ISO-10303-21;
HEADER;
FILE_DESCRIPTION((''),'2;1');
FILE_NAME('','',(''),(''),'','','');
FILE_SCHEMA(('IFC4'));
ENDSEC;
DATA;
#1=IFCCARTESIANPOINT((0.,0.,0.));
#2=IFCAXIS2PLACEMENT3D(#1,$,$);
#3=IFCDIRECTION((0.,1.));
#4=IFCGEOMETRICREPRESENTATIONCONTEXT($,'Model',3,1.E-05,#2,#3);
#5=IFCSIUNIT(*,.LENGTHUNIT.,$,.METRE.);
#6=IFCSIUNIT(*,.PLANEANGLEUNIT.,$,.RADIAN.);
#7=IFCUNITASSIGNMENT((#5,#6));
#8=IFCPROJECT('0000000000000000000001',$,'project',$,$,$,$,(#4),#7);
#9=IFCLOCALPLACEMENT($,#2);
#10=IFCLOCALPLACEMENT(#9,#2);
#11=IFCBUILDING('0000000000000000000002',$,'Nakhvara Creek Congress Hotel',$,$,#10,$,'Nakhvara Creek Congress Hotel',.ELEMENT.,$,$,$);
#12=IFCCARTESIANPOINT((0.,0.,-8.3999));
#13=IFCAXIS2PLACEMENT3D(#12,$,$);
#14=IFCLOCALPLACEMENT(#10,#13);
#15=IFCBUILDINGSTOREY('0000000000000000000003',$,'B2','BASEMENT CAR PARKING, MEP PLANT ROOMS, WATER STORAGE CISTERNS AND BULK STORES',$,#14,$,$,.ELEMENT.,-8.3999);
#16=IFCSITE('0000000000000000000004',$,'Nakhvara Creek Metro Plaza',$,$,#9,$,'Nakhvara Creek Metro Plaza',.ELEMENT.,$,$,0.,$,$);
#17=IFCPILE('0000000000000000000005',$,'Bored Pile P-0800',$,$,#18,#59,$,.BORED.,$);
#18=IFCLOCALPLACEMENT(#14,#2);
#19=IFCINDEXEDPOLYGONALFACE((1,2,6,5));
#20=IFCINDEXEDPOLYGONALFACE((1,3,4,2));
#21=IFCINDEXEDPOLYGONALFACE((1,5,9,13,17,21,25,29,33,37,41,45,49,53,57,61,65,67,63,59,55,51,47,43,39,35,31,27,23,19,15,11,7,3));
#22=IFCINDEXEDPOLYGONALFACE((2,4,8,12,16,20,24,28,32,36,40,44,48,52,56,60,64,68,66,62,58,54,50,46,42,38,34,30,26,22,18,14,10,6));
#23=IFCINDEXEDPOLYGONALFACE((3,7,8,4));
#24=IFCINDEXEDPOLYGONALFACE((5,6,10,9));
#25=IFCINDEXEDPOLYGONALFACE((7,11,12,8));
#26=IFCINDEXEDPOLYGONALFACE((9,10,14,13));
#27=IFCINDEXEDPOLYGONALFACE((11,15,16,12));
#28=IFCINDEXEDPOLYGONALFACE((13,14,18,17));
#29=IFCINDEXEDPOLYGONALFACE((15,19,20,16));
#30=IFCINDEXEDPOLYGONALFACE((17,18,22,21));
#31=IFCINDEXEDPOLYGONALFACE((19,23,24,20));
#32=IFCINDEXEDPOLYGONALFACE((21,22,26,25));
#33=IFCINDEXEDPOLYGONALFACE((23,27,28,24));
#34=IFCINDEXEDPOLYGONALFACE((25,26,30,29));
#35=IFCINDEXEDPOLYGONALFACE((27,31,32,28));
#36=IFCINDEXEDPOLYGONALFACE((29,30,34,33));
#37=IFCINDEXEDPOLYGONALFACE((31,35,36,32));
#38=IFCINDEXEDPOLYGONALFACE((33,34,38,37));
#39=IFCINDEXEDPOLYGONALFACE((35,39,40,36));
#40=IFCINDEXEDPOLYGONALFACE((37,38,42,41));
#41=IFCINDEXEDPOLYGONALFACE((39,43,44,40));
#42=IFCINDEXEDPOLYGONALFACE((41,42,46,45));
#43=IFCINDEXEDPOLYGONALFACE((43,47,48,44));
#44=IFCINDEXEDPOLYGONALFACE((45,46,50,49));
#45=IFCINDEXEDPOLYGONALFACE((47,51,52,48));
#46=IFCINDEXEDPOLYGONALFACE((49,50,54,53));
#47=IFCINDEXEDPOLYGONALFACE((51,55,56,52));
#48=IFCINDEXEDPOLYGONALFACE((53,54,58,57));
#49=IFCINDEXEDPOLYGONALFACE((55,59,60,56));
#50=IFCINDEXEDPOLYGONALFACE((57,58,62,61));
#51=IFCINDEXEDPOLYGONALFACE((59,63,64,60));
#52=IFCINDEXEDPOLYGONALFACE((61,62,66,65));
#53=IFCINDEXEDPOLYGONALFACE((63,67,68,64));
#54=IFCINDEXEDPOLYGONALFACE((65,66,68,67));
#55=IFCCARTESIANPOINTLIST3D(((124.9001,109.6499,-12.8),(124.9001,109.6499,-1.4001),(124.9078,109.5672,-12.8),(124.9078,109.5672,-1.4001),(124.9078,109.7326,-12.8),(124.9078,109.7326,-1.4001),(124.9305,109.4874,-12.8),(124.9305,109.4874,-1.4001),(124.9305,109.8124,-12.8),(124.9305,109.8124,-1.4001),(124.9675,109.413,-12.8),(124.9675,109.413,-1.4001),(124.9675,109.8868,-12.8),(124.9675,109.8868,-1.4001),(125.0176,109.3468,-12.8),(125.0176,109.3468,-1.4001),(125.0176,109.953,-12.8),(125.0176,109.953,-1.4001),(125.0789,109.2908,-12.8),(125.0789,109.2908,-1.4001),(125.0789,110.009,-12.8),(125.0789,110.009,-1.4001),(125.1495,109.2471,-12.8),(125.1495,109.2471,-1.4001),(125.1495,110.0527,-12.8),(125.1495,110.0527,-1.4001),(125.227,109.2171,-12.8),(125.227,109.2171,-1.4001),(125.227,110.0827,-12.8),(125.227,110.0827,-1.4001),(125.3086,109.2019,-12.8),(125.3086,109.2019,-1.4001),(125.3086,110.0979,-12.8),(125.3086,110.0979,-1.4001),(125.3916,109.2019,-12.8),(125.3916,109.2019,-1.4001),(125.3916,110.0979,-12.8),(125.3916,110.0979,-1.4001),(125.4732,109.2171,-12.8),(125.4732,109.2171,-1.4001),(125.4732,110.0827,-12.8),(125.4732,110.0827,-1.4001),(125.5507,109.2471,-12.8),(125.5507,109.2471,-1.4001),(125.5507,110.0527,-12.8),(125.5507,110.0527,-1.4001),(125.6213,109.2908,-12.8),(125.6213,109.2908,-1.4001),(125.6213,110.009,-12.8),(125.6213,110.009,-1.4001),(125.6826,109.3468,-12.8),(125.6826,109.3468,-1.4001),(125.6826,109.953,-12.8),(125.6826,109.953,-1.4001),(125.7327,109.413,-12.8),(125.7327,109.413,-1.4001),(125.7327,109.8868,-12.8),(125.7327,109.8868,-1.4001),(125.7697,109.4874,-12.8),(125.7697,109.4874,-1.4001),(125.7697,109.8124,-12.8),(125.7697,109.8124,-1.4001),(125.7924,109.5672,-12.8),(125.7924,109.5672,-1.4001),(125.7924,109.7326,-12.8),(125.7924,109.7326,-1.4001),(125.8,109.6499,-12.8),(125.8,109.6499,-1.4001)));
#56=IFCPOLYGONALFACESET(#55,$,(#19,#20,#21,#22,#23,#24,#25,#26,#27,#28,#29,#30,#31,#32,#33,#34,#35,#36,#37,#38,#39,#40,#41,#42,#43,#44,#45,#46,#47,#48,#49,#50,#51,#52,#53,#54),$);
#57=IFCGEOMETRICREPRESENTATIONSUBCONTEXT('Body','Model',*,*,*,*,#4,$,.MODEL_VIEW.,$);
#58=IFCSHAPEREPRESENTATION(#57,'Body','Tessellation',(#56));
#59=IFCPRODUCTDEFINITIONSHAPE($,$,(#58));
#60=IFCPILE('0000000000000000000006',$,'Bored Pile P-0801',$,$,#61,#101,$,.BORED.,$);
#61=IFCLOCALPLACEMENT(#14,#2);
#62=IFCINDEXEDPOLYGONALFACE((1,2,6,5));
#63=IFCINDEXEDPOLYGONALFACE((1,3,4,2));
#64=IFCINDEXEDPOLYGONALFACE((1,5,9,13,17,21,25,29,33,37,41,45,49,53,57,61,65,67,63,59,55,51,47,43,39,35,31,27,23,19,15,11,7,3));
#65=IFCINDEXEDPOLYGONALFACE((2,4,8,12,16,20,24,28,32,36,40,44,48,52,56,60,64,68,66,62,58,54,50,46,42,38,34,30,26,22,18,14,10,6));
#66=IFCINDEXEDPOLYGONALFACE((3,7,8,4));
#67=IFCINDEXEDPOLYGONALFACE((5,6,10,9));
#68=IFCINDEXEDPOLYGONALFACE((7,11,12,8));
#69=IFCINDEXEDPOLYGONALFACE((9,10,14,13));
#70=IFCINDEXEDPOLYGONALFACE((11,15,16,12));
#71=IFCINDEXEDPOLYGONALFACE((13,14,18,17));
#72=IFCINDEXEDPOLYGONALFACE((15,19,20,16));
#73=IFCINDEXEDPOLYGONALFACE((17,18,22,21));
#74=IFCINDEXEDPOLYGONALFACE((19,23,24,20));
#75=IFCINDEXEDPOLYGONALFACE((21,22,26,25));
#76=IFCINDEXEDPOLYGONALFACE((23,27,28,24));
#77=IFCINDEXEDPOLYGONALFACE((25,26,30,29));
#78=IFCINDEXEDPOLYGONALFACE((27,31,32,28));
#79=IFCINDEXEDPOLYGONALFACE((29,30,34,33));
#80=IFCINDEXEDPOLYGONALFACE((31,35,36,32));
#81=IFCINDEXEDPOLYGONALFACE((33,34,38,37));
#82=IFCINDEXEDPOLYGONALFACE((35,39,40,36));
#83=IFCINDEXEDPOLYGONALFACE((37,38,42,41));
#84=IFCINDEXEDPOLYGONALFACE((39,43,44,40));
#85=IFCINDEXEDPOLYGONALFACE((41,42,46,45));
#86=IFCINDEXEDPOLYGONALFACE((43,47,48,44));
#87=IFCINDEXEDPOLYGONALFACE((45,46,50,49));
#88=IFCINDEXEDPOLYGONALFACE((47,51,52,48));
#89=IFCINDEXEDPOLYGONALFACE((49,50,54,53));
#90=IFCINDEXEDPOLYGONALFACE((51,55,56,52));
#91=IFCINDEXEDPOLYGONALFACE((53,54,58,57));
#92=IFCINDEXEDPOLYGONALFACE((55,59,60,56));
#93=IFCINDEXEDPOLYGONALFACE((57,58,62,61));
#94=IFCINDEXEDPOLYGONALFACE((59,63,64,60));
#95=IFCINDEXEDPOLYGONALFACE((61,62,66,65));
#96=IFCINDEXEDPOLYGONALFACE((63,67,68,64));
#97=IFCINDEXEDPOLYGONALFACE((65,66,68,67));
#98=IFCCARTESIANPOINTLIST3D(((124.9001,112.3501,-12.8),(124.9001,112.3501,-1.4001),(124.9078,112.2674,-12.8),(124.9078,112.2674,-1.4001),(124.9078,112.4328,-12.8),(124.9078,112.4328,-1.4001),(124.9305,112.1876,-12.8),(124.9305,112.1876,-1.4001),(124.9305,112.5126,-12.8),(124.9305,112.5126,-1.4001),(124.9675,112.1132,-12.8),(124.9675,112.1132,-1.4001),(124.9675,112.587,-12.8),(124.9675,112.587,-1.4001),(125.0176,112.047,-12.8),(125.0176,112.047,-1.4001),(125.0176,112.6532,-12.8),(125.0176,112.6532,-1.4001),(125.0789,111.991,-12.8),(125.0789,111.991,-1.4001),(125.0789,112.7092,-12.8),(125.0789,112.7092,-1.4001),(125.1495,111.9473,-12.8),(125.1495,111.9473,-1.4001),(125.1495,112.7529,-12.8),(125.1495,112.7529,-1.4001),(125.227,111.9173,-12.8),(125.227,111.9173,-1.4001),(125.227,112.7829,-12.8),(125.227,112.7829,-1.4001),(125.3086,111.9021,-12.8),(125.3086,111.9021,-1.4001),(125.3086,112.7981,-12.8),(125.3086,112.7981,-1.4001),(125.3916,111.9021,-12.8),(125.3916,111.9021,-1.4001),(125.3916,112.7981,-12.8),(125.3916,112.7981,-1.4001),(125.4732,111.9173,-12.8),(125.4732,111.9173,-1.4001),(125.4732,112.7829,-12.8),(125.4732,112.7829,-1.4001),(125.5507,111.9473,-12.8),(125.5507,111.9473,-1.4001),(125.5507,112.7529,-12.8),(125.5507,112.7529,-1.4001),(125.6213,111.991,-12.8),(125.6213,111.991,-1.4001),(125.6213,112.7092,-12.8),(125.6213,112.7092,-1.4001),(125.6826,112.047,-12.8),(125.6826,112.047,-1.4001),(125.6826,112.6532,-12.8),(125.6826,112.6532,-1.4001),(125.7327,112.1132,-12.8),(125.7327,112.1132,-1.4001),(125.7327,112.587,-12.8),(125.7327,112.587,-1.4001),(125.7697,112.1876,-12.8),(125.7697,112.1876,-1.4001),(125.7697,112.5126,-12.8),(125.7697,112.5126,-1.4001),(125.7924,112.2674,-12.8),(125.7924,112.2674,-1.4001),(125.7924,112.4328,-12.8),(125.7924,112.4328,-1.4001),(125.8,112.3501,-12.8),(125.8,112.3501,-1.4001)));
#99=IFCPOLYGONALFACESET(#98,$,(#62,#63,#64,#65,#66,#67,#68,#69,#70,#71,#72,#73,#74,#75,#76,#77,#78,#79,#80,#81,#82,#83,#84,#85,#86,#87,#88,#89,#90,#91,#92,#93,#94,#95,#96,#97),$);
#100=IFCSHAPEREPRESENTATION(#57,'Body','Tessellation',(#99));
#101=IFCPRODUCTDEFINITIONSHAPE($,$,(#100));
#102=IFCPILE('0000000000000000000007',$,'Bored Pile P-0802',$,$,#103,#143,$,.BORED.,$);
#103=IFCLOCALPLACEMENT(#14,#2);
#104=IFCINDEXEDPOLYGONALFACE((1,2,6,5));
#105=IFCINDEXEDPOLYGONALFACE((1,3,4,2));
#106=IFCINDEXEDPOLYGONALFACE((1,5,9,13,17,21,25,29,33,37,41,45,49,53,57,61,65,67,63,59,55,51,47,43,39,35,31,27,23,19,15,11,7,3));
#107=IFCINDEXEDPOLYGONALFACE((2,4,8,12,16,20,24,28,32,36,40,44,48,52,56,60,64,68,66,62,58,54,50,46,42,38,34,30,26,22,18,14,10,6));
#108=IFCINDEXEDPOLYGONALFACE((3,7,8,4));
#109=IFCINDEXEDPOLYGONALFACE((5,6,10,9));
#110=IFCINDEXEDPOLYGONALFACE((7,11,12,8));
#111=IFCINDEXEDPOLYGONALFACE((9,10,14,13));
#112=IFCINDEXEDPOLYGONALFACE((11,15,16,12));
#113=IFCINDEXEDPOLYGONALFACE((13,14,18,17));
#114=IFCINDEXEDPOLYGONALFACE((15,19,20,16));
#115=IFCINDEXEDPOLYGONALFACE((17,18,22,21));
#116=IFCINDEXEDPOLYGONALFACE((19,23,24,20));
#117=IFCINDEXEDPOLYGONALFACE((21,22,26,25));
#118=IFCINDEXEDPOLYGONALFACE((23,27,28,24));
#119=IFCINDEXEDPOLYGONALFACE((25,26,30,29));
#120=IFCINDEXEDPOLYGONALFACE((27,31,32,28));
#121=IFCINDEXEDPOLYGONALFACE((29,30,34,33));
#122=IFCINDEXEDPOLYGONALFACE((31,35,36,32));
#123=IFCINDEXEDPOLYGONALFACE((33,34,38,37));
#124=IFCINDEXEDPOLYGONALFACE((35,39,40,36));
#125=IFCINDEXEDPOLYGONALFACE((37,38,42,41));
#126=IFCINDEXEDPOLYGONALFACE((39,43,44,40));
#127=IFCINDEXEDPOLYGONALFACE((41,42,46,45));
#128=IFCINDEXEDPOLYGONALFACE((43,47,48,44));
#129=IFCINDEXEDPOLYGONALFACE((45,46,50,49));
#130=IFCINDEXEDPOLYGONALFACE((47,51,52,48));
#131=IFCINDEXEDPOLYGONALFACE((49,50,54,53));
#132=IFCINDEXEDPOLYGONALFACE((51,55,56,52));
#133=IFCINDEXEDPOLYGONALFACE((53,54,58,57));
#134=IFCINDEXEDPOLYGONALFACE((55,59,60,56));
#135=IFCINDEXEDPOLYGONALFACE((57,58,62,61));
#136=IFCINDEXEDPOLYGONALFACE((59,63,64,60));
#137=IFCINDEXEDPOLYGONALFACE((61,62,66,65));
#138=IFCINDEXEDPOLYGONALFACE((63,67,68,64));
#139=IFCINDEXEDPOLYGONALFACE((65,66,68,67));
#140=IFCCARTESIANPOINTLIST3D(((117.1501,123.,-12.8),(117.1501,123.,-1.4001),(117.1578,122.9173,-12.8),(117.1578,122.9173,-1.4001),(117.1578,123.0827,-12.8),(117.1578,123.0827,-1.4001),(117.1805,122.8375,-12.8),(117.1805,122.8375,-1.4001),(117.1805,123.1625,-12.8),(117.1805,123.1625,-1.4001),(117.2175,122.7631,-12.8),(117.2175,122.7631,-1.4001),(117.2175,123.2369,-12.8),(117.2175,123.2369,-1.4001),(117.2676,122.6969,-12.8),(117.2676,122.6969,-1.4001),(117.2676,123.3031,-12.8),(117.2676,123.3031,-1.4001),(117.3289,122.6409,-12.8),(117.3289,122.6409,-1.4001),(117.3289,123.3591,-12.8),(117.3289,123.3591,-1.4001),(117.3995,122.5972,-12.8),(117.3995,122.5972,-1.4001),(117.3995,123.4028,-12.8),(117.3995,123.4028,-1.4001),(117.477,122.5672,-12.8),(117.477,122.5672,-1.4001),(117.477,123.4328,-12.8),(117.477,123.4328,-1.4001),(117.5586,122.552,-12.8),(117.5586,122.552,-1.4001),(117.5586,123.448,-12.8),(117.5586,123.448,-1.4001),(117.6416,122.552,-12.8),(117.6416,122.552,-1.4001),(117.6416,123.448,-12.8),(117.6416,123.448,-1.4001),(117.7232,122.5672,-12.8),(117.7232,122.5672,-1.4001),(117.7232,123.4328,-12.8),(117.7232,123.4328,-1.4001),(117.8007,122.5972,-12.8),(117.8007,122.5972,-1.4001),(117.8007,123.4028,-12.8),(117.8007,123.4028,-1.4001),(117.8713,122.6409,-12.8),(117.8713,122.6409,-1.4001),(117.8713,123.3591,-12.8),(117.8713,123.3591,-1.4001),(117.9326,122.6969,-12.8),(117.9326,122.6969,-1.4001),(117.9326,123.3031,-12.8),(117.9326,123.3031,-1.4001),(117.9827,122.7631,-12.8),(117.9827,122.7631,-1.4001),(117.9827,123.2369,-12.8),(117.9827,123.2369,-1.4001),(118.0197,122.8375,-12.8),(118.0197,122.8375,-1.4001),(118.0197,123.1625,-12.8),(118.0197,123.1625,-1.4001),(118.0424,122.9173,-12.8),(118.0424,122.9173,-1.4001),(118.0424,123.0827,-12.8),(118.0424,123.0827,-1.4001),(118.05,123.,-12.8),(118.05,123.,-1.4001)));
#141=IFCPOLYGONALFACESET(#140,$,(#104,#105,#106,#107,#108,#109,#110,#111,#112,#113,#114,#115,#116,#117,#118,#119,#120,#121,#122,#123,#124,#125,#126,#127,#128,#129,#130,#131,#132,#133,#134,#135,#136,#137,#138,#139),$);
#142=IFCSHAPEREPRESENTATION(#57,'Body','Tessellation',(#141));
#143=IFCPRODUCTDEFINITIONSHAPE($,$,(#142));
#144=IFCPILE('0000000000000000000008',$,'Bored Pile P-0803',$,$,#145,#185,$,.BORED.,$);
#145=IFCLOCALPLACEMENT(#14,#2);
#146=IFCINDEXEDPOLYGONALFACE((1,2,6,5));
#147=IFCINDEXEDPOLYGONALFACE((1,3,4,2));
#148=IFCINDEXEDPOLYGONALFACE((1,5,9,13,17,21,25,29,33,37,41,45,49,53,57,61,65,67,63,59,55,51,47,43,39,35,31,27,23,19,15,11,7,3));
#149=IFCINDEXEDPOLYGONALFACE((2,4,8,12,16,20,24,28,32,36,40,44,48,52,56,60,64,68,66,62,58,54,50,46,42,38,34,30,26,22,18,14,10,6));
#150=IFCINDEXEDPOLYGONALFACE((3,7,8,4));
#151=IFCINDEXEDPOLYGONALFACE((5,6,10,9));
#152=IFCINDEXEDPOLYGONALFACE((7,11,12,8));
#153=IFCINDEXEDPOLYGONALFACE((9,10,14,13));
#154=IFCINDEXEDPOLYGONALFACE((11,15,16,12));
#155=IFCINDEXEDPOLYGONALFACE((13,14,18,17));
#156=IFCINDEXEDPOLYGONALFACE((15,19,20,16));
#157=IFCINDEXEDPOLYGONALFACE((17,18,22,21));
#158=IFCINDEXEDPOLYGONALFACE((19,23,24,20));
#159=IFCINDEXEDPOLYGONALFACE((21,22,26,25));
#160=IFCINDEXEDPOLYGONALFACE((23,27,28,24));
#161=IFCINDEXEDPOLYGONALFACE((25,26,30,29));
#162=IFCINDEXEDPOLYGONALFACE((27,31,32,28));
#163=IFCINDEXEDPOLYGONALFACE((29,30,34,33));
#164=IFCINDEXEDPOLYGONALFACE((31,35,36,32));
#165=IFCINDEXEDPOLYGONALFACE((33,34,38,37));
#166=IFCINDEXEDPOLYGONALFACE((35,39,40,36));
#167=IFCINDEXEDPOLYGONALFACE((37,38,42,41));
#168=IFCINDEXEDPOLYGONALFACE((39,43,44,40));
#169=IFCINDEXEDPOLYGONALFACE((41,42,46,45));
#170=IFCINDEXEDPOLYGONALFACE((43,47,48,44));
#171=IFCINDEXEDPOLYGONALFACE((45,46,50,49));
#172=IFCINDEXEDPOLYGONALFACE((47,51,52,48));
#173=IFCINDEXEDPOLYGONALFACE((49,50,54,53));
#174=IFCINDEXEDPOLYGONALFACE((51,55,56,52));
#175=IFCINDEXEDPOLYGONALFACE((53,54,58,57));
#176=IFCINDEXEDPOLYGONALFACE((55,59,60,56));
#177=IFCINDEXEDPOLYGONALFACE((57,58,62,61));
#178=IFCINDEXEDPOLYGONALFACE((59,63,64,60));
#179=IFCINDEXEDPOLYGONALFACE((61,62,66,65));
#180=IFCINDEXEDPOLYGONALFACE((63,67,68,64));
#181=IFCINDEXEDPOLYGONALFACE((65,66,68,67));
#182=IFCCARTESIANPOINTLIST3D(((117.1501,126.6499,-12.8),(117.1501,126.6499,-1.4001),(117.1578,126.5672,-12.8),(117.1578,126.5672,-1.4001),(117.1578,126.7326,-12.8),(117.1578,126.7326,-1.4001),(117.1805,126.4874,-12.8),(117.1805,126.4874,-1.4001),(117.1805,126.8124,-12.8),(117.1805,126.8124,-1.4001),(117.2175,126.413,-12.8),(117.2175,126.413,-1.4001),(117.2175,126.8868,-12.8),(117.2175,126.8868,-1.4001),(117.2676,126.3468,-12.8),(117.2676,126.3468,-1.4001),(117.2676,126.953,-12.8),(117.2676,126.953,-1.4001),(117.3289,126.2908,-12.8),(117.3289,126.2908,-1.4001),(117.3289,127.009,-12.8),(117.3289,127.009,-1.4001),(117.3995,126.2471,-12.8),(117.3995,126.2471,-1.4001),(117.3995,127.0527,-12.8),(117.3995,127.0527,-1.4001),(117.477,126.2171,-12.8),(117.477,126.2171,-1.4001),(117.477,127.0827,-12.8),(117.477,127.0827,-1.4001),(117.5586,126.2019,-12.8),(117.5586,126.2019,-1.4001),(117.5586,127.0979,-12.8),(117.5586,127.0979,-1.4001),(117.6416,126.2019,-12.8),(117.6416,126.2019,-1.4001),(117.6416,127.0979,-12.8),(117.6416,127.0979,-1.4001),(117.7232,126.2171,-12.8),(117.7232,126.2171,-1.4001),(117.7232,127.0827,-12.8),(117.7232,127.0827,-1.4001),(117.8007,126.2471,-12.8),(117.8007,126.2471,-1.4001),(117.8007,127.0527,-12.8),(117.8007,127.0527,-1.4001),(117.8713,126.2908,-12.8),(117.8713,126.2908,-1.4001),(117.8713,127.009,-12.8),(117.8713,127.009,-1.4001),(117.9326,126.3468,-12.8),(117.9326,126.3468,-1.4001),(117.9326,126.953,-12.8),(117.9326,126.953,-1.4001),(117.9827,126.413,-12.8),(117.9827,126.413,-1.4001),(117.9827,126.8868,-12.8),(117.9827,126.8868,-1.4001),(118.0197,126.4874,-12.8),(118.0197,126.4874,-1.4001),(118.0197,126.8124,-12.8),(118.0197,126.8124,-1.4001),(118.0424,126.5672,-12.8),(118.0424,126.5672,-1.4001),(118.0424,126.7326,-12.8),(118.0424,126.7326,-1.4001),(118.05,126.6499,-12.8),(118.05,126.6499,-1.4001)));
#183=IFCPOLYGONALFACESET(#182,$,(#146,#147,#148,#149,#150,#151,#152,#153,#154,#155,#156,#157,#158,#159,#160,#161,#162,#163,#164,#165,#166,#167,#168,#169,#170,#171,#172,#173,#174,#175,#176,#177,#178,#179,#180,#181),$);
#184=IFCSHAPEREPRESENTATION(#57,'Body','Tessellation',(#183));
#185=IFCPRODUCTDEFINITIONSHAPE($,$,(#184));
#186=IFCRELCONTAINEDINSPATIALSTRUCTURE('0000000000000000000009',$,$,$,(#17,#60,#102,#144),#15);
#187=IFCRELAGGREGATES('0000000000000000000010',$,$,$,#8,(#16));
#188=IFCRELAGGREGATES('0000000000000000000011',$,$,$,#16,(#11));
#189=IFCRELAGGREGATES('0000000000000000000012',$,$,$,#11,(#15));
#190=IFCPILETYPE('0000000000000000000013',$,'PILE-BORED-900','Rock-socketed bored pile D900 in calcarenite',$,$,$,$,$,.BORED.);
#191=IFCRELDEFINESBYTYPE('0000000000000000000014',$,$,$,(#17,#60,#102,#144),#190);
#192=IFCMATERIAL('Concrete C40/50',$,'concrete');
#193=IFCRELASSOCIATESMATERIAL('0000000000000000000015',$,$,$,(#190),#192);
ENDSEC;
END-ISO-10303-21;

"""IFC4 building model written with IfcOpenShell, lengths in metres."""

from ifc_helpers import new_model, si_unit, direction, frame, origin, origin_2d, place, context, subcontext, project, spatial, circle, extrude, material, material_profile, profile_set, type_object, element, save


model = new_model("IFC4")

# Units and contexts
model_context = context("Model", 3, precision=1e-05, world=origin(), true_north=direction((0.0, 1.0)))
body_context = subcontext(model_context, "Body", "Model", "MODEL_VIEW")
ifc_project = project(units=[si_unit("LENGTHUNIT", "METRE"), si_unit("PLANEANGLEUNIT", "RADIAN")], contexts=[model_context])

# Site, building, storey
site_placement = place(None, origin())
site = spatial("IfcSite", under=ifc_project, at=site_placement, Name="Nakhvara Creek Metro Plaza", LongName="Nakhvara Creek Metro Plaza", CompositionType="ELEMENT", RefElevation=0.0)
building_placement = place(site_placement, origin())
building = spatial("IfcBuilding", under=site, at=building_placement, Name="Nakhvara Creek Congress Hotel", LongName="Nakhvara Creek Congress Hotel", CompositionType="ELEMENT")
storey_placement = place(building_placement, frame((0.0, 0.0, -8.3999)))
storey = spatial("IfcBuildingStorey", under=building, at=storey_placement, Name="B2", Description="BASEMENT CAR PARKING, MEP PLANT ROOMS, WATER STORAGE CISTERNS AND BULK STORES", CompositionType="ELEMENT", Elevation=-8.3999)

# Shared definitions
ifc_material_1 = material(Name="Concrete C40/50", Category="concrete")

# Piles
ifc_material_profile_1 = material_profile(ifc_material_1, circle(Radius=0.45, at=origin_2d()), Name="BORED PILE D900", Category="LoadBearing")
ifc_profile_set_1 = profile_set([ifc_material_profile_1], Name="Concrete C40/50")
pile_type = type_object("IfcPileType", Name="PILE-BORED-900", Description="Rock-socketed bored pile D900 in calcarenite", PredefinedType="BORED", material=ifc_profile_set_1)
for number, where, z_axis, x_axis, name in (
    (1, (125.3501, 109.6499, -1.4001), (0.0, 0.0, -1.0), (1.0, 0.0, 0.0), "Bored Pile P-0800"),
    (2, (125.3501, 112.3501, -1.4001), (0.0, 0.0, -1.0), (1.0, 0.0, 0.0), "Bored Pile P-0801"),
    (3, (117.6001, 123.0, -1.4001), (0.0, 0.0, -1.0), (1.0, 0.0, 0.0), "Bored Pile P-0802"),
    (4, (117.6001, 126.6499, -1.4001), (0.0, 0.0, -1.0), (1.0, 0.0, 0.0), "Bored Pile P-0803"),
):
    element("IfcPile", number, at=place(storey_placement, frame(where, z_axis=z_axis, x_axis=x_axis)), inside=storey, type_object=pile_type, Name=name, PredefinedType="BORED", context=body_context, shape_type="SweptSolid", body=[
        extrude(circle(Radius=0.45, at=origin_2d()), origin(), (0.0, 0.0, 1.0), 11.3999),
    ])

save(model, "model.ifc")
